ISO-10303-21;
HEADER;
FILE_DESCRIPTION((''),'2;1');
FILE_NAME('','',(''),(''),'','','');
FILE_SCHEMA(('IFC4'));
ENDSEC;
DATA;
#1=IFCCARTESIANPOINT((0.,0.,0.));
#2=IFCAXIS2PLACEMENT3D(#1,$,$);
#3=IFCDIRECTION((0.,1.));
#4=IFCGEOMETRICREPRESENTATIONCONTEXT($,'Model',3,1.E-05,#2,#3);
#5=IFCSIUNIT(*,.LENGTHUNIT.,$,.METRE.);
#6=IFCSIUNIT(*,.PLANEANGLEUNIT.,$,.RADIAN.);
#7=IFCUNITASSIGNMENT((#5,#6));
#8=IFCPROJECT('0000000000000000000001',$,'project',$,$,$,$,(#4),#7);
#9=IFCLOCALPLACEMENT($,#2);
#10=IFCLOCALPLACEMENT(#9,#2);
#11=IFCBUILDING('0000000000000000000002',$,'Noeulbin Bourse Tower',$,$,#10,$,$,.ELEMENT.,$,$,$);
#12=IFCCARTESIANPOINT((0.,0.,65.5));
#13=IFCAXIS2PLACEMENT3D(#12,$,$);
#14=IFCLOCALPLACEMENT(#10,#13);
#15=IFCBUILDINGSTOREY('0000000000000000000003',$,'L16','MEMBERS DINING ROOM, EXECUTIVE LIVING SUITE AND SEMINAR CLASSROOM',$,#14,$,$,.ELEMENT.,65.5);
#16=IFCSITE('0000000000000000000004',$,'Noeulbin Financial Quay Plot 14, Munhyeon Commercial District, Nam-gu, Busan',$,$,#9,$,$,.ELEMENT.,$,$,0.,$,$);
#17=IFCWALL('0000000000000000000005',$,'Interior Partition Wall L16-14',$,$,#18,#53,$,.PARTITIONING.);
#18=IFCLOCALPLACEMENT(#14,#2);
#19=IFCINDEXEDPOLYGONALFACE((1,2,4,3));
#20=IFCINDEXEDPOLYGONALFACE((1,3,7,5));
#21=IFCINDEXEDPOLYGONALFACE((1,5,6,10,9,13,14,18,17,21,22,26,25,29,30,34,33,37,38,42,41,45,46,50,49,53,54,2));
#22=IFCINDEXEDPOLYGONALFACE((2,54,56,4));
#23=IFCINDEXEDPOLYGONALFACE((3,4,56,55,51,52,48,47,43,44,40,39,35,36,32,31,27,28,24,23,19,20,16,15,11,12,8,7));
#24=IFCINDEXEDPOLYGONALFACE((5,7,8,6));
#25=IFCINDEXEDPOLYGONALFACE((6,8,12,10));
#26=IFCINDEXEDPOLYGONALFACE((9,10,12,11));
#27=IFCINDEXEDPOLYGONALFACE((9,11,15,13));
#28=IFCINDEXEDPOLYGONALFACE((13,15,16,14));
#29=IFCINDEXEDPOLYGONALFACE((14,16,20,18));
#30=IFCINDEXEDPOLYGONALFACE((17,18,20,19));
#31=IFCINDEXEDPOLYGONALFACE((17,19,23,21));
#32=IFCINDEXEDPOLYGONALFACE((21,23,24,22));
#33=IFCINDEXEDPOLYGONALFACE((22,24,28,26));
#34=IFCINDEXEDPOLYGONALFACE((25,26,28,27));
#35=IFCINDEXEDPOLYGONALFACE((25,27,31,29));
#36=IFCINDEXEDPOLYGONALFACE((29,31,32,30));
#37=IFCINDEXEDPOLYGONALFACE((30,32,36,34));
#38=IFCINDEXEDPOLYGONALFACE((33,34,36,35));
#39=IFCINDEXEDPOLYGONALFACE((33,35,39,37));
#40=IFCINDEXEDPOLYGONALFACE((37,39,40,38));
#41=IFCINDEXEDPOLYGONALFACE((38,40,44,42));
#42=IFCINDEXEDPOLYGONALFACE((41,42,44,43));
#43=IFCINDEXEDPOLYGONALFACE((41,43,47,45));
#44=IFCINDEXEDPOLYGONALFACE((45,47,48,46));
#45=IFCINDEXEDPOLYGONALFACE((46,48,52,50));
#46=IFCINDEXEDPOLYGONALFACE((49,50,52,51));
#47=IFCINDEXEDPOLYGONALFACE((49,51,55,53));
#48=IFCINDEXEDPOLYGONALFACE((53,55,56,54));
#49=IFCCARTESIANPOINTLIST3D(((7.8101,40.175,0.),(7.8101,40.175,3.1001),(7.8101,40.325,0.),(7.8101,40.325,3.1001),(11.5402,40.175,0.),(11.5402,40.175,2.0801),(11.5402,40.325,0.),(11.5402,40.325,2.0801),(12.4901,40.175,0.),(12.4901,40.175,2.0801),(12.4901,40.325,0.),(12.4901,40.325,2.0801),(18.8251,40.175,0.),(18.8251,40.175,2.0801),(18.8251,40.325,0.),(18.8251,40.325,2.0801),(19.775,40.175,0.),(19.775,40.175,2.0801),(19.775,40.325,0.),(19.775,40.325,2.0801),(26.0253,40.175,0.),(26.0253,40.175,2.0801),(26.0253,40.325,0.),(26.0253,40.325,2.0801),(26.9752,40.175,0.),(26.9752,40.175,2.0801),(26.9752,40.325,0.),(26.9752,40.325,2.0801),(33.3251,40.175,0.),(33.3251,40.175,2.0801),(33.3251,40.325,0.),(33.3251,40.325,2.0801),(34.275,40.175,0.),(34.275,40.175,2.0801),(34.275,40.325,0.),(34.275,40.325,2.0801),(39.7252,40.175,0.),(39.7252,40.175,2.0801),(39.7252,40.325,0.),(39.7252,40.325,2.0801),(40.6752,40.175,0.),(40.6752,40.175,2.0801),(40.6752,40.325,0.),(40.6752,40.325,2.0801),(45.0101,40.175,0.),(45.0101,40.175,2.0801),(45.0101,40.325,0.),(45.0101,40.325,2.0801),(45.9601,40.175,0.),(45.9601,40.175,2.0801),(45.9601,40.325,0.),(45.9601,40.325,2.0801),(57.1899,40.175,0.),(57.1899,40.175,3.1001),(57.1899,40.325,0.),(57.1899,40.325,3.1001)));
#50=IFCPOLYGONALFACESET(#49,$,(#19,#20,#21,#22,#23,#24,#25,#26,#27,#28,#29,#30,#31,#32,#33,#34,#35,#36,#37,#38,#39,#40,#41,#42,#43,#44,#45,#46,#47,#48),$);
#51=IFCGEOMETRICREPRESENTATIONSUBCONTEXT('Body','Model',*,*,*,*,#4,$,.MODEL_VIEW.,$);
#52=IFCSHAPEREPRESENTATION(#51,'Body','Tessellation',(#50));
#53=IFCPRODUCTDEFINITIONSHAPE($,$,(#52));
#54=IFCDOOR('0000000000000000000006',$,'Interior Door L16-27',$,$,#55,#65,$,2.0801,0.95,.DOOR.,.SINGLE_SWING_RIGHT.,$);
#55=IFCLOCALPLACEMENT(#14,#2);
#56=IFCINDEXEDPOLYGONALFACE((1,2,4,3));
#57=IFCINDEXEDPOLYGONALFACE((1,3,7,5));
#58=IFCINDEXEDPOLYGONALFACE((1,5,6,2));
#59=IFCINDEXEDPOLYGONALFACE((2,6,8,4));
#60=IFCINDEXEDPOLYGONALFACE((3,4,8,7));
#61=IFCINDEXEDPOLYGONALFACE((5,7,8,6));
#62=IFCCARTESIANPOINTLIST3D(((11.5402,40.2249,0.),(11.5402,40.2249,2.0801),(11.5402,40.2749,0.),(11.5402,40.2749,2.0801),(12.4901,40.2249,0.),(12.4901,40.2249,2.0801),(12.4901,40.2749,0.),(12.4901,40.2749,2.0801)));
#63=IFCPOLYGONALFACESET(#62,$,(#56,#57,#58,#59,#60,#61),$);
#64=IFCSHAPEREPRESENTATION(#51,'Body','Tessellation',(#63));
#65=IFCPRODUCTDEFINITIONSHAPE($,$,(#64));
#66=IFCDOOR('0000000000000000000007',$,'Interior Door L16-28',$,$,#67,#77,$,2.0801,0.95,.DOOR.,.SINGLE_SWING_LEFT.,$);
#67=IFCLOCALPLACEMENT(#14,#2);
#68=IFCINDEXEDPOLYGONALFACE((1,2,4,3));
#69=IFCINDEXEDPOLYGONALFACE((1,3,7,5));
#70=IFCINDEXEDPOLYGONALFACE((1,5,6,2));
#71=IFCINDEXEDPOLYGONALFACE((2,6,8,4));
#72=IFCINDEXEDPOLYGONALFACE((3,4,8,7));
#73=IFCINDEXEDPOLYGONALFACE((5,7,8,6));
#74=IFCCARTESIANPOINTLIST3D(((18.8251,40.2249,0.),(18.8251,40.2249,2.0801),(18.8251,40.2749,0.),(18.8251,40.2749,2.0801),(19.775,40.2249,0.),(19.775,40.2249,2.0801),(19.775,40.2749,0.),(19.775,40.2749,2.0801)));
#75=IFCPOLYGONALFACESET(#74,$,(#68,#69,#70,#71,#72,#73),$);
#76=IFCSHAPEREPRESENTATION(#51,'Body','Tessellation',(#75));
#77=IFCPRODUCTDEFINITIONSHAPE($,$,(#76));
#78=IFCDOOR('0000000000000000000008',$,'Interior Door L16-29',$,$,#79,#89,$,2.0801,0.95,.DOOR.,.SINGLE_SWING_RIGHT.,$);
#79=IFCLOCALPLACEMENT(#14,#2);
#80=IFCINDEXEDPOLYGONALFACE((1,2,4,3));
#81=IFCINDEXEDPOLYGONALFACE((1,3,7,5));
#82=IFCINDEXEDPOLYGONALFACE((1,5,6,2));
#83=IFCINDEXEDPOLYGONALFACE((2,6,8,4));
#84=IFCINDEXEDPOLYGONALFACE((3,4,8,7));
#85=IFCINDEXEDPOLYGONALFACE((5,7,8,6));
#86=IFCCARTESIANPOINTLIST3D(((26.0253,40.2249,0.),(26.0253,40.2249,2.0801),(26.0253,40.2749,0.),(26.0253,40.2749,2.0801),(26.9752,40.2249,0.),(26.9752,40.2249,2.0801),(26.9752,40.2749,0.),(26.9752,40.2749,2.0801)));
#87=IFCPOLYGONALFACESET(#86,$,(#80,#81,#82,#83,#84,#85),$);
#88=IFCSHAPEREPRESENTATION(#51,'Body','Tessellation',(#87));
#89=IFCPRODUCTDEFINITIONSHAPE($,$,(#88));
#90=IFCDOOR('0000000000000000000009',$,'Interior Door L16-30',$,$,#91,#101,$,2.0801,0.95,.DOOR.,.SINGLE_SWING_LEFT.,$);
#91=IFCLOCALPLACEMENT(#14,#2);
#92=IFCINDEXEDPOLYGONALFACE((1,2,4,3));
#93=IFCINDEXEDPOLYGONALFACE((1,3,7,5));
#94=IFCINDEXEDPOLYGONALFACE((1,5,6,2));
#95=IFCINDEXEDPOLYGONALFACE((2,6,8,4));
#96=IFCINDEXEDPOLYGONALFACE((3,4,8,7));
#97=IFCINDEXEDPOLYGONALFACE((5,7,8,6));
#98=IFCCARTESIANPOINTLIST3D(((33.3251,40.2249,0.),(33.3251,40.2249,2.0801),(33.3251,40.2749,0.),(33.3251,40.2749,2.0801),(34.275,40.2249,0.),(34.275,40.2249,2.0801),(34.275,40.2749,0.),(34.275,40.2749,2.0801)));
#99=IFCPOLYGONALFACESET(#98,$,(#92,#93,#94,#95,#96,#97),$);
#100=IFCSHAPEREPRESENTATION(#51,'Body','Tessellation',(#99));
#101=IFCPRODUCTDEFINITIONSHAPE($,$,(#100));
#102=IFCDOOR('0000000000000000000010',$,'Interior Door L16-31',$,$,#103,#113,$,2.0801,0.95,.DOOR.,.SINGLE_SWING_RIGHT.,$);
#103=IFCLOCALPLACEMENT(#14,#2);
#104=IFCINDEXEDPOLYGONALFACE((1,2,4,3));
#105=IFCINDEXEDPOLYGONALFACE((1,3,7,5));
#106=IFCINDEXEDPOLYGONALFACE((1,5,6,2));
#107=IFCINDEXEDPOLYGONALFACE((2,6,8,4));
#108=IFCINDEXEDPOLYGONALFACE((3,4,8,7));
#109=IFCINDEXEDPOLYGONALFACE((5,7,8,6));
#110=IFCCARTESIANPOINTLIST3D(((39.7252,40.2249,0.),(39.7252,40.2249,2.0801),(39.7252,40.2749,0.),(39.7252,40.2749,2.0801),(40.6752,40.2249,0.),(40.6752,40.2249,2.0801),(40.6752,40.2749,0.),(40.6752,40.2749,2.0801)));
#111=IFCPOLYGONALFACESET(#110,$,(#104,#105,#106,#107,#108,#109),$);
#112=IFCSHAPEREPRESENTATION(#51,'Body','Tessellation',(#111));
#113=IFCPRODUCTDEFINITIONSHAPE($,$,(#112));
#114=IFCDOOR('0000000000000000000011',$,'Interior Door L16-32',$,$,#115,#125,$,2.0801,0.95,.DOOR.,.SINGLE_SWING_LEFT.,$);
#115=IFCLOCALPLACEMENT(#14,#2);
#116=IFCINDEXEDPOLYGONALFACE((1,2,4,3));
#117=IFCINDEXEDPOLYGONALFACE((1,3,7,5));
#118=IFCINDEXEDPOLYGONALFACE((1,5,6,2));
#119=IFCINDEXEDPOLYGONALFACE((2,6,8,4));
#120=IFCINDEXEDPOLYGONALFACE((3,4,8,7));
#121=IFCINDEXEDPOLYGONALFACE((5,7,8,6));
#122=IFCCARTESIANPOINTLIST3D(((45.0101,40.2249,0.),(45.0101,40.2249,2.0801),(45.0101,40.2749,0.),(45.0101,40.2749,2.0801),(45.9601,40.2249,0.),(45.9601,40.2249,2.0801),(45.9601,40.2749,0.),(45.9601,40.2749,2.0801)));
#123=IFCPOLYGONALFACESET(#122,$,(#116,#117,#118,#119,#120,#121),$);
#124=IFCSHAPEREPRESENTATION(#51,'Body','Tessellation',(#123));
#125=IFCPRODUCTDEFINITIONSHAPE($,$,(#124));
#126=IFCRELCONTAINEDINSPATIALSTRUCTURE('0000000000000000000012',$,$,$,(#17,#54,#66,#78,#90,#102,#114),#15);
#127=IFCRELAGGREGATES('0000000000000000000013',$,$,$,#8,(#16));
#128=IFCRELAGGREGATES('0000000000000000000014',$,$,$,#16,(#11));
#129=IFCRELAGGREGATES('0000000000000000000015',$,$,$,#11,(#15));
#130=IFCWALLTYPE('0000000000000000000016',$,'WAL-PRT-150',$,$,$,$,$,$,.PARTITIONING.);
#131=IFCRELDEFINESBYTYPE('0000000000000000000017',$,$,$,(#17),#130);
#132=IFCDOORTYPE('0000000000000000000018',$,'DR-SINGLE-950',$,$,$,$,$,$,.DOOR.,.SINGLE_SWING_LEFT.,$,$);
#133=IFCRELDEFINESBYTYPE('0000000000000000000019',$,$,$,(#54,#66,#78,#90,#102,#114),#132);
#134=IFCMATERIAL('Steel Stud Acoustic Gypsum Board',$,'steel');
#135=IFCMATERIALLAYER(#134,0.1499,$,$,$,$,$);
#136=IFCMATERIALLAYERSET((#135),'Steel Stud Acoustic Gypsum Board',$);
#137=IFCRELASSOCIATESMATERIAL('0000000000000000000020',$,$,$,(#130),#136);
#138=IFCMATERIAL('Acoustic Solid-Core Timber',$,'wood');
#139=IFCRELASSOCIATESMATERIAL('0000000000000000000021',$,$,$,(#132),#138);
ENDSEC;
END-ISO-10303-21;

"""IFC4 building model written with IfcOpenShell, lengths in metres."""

from ifc_helpers import new_model, si_unit, direction, frame, frame_2d, origin, place, context, subcontext, project, spatial, rectangle, extrude, material, layer, layer_set, type_object, element, fill, save


model = new_model("IFC4")

# Units and contexts
model_context = context("Model", 3, precision=1e-05, world=origin(), true_north=direction((0.0, 1.0)))
body_context = subcontext(model_context, "Body", "Model", "MODEL_VIEW")
ifc_project = project(units=[si_unit("LENGTHUNIT", "METRE"), si_unit("PLANEANGLEUNIT", "RADIAN")], contexts=[model_context])

# Site, building, storey
site_placement = place(None, origin())
site = spatial("IfcSite", under=ifc_project, at=site_placement, Name="Noeulbin Financial Quay Plot 14, Munhyeon Commercial District, Nam-gu, Busan", CompositionType="ELEMENT", RefElevation=0.0)
building_placement = place(site_placement, origin())
building = spatial("IfcBuilding", under=site, at=building_placement, Name="Noeulbin Bourse Tower", CompositionType="ELEMENT")
storey_placement = place(building_placement, frame((0.0, 0.0, 65.5)))
storey = spatial("IfcBuildingStorey", under=building, at=storey_placement, Name="L16", Description="MEMBERS DINING ROOM, EXECUTIVE LIVING SUITE AND SEMINAR CLASSROOM", CompositionType="ELEMENT", Elevation=65.5)

# Wall, openings, doors
ifc_material_1 = material(Name="Steel Stud Acoustic Gypsum Board", Category="steel")
ifc_layer_1 = layer(ifc_material_1, 0.1499)
ifc_layer_set_1 = layer_set([ifc_layer_1], Name="Steel Stud Acoustic Gypsum Board")
wall_type_1 = type_object("IfcWallType", Name="WAL-PRT-150", PredefinedType="PARTITIONING", material=ifc_layer_set_1)
wall_1_placement = place(storey_placement, frame((7.8101, 40.25, 0.0), z_axis=(0.0, 0.0, 1.0), x_axis=(1.0, 0.0, 0.0)))
wall_1 = element("IfcWall", 1, at=wall_1_placement, inside=storey, type_object=wall_type_1, Name="Interior Partition Wall L16-14", PredefinedType="PARTITIONING", context=body_context, shape_type="SweptSolid", body=[
    extrude(rectangle(XDim=49.3799, YDim=0.1499, at=frame_2d((24.6899, 0.0))), origin(), (0.0, 0.0, 1.0), 3.1001),
])
opening_1_placement = place(wall_1_placement, frame((3.73, 0.0, 0.0)))
opening_1 = element("IfcOpeningElement", 2, at=opening_1_placement, cuts=wall_1, PredefinedType="OPENING", context=body_context, shape_type="SweptSolid", body=[
    extrude(rectangle(XDim=0.95, YDim=2.0801, at=frame_2d((0.4751, 1.04))), frame((0.0, 0.085, 0.0), z_axis=(0.0, -1.0, 0.0), x_axis=(1.0, 0.0, 0.0)), (0.0, 0.0, 1.0), 0.1699),
])
opening_2_placement = place(wall_1_placement, frame((11.0149, 0.0, 0.0)))
opening_2 = element("IfcOpeningElement", 3, at=opening_2_placement, cuts=wall_1, PredefinedType="OPENING", context=body_context, shape_type="SweptSolid", body=[
    extrude(rectangle(XDim=0.95, YDim=2.0801, at=frame_2d((0.4751, 1.04))), frame((0.0, 0.085, 0.0), z_axis=(0.0, -1.0, 0.0), x_axis=(1.0, 0.0, 0.0)), (0.0, 0.0, 1.0), 0.1699),
])
opening_3_placement = place(wall_1_placement, frame((18.2151, 0.0, 0.0)))
opening_3 = element("IfcOpeningElement", 4, at=opening_3_placement, cuts=wall_1, PredefinedType="OPENING", context=body_context, shape_type="SweptSolid", body=[
    extrude(rectangle(XDim=0.95, YDim=2.0801, at=frame_2d((0.4751, 1.04))), frame((0.0, 0.085, 0.0), z_axis=(0.0, -1.0, 0.0), x_axis=(1.0, 0.0, 0.0)), (0.0, 0.0, 1.0), 0.1699),
])
opening_4_placement = place(wall_1_placement, frame((25.5149, 0.0, 0.0)))
opening_4 = element("IfcOpeningElement", 5, at=opening_4_placement, cuts=wall_1, PredefinedType="OPENING", context=body_context, shape_type="SweptSolid", body=[
    extrude(rectangle(XDim=0.95, YDim=2.0801, at=frame_2d((0.4751, 1.04))), frame((0.0, 0.085, 0.0), z_axis=(0.0, -1.0, 0.0), x_axis=(1.0, 0.0, 0.0)), (0.0, 0.0, 1.0), 0.1699),
])
opening_5_placement = place(wall_1_placement, frame((31.915, 0.0, 0.0)))
opening_5 = element("IfcOpeningElement", 6, at=opening_5_placement, cuts=wall_1, PredefinedType="OPENING", context=body_context, shape_type="SweptSolid", body=[
    extrude(rectangle(XDim=0.95, YDim=2.0801, at=frame_2d((0.4751, 1.04))), frame((0.0, 0.085, 0.0), z_axis=(0.0, -1.0, 0.0), x_axis=(1.0, 0.0, 0.0)), (0.0, 0.0, 1.0), 0.1699),
])
opening_6_placement = place(wall_1_placement, frame((37.2, 0.0, 0.0)))
opening_6 = element("IfcOpeningElement", 7, at=opening_6_placement, cuts=wall_1, PredefinedType="OPENING", context=body_context, shape_type="SweptSolid", body=[
    extrude(rectangle(XDim=0.95, YDim=2.0801, at=frame_2d((0.4751, 1.04))), frame((0.0, 0.085, 0.0), z_axis=(0.0, -1.0, 0.0), x_axis=(1.0, 0.0, 0.0)), (0.0, 0.0, 1.0), 0.1699),
])
ifc_material_2 = material(Name="Acoustic Solid-Core Timber", Category="wood")
door_type = type_object("IfcDoorType", Name="DR-SINGLE-950", OperationType="SINGLE_SWING_LEFT", PredefinedType="DOOR", material=ifc_material_2)
door_1_placement = place(opening_1_placement, origin())
door_1 = element("IfcDoor", 8, at=door_1_placement, inside=storey, type_object=door_type, Name="Interior Door L16-27", OperationType="SINGLE_SWING_RIGHT", OverallHeight=2.0801, OverallWidth=0.95, PredefinedType="DOOR", context=body_context, shape_type="SweptSolid", body=[
    extrude(rectangle(XDim=0.95, YDim=2.0801, at=frame_2d((0.4751, 1.04))), frame((0.0, 0.0249, 0.0), z_axis=(0.0, -1.0, 0.0), x_axis=(1.0, 0.0, 0.0)), (0.0, 0.0, 1.0), 0.05),
])
fill(opening_1, door_1)
door_2_placement = place(opening_2_placement, origin())
door_2 = element("IfcDoor", 9, at=door_2_placement, inside=storey, type_object=door_type, Name="Interior Door L16-28", OperationType="SINGLE_SWING_LEFT", OverallHeight=2.0801, OverallWidth=0.95, PredefinedType="DOOR", context=body_context, shape_type="SweptSolid", body=[
    extrude(rectangle(XDim=0.95, YDim=2.0801, at=frame_2d((0.4751, 1.04))), frame((0.0, 0.0249, 0.0), z_axis=(0.0, -1.0, 0.0), x_axis=(1.0, 0.0, 0.0)), (0.0, 0.0, 1.0), 0.05),
])
fill(opening_2, door_2)
door_3_placement = place(opening_3_placement, origin())
door_3 = element("IfcDoor", 10, at=door_3_placement, inside=storey, type_object=door_type, Name="Interior Door L16-29", OperationType="SINGLE_SWING_RIGHT", OverallHeight=2.0801, OverallWidth=0.95, PredefinedType="DOOR", context=body_context, shape_type="SweptSolid", body=[
    extrude(rectangle(XDim=0.95, YDim=2.0801, at=frame_2d((0.4751, 1.04))), frame((0.0, 0.0249, 0.0), z_axis=(0.0, -1.0, 0.0), x_axis=(1.0, 0.0, 0.0)), (0.0, 0.0, 1.0), 0.05),
])
fill(opening_3, door_3)
door_4_placement = place(opening_4_placement, origin())
door_4 = element("IfcDoor", 11, at=door_4_placement, inside=storey, type_object=door_type, Name="Interior Door L16-30", OperationType="SINGLE_SWING_LEFT", OverallHeight=2.0801, OverallWidth=0.95, PredefinedType="DOOR", context=body_context, shape_type="SweptSolid", body=[
    extrude(rectangle(XDim=0.95, YDim=2.0801, at=frame_2d((0.4751, 1.04))), frame((0.0, 0.0249, 0.0), z_axis=(0.0, -1.0, 0.0), x_axis=(1.0, 0.0, 0.0)), (0.0, 0.0, 1.0), 0.05),
])
fill(opening_4, door_4)
door_5_placement = place(opening_5_placement, origin())
door_5 = element("IfcDoor", 12, at=door_5_placement, inside=storey, type_object=door_type, Name="Interior Door L16-31", OperationType="SINGLE_SWING_RIGHT", OverallHeight=2.0801, OverallWidth=0.95, PredefinedType="DOOR", context=body_context, shape_type="SweptSolid", body=[
    extrude(rectangle(XDim=0.95, YDim=2.0801, at=frame_2d((0.4751, 1.04))), frame((0.0, 0.0249, 0.0), z_axis=(0.0, -1.0, 0.0), x_axis=(1.0, 0.0, 0.0)), (0.0, 0.0, 1.0), 0.05),
])
fill(opening_5, door_5)
door_6_placement = place(opening_6_placement, origin())
door_6 = element("IfcDoor", 13, at=door_6_placement, inside=storey, type_object=door_type, Name="Interior Door L16-32", OperationType="SINGLE_SWING_LEFT", OverallHeight=2.0801, OverallWidth=0.95, PredefinedType="DOOR", context=body_context, shape_type="SweptSolid", body=[
    extrude(rectangle(XDim=0.95, YDim=2.0801, at=frame_2d((0.4751, 1.04))), frame((0.0, 0.0249, 0.0), z_axis=(0.0, -1.0, 0.0), x_axis=(1.0, 0.0, 0.0)), (0.0, 0.0, 1.0), 0.05),
])
fill(opening_6, door_6)

save(model, "model.ifc")
